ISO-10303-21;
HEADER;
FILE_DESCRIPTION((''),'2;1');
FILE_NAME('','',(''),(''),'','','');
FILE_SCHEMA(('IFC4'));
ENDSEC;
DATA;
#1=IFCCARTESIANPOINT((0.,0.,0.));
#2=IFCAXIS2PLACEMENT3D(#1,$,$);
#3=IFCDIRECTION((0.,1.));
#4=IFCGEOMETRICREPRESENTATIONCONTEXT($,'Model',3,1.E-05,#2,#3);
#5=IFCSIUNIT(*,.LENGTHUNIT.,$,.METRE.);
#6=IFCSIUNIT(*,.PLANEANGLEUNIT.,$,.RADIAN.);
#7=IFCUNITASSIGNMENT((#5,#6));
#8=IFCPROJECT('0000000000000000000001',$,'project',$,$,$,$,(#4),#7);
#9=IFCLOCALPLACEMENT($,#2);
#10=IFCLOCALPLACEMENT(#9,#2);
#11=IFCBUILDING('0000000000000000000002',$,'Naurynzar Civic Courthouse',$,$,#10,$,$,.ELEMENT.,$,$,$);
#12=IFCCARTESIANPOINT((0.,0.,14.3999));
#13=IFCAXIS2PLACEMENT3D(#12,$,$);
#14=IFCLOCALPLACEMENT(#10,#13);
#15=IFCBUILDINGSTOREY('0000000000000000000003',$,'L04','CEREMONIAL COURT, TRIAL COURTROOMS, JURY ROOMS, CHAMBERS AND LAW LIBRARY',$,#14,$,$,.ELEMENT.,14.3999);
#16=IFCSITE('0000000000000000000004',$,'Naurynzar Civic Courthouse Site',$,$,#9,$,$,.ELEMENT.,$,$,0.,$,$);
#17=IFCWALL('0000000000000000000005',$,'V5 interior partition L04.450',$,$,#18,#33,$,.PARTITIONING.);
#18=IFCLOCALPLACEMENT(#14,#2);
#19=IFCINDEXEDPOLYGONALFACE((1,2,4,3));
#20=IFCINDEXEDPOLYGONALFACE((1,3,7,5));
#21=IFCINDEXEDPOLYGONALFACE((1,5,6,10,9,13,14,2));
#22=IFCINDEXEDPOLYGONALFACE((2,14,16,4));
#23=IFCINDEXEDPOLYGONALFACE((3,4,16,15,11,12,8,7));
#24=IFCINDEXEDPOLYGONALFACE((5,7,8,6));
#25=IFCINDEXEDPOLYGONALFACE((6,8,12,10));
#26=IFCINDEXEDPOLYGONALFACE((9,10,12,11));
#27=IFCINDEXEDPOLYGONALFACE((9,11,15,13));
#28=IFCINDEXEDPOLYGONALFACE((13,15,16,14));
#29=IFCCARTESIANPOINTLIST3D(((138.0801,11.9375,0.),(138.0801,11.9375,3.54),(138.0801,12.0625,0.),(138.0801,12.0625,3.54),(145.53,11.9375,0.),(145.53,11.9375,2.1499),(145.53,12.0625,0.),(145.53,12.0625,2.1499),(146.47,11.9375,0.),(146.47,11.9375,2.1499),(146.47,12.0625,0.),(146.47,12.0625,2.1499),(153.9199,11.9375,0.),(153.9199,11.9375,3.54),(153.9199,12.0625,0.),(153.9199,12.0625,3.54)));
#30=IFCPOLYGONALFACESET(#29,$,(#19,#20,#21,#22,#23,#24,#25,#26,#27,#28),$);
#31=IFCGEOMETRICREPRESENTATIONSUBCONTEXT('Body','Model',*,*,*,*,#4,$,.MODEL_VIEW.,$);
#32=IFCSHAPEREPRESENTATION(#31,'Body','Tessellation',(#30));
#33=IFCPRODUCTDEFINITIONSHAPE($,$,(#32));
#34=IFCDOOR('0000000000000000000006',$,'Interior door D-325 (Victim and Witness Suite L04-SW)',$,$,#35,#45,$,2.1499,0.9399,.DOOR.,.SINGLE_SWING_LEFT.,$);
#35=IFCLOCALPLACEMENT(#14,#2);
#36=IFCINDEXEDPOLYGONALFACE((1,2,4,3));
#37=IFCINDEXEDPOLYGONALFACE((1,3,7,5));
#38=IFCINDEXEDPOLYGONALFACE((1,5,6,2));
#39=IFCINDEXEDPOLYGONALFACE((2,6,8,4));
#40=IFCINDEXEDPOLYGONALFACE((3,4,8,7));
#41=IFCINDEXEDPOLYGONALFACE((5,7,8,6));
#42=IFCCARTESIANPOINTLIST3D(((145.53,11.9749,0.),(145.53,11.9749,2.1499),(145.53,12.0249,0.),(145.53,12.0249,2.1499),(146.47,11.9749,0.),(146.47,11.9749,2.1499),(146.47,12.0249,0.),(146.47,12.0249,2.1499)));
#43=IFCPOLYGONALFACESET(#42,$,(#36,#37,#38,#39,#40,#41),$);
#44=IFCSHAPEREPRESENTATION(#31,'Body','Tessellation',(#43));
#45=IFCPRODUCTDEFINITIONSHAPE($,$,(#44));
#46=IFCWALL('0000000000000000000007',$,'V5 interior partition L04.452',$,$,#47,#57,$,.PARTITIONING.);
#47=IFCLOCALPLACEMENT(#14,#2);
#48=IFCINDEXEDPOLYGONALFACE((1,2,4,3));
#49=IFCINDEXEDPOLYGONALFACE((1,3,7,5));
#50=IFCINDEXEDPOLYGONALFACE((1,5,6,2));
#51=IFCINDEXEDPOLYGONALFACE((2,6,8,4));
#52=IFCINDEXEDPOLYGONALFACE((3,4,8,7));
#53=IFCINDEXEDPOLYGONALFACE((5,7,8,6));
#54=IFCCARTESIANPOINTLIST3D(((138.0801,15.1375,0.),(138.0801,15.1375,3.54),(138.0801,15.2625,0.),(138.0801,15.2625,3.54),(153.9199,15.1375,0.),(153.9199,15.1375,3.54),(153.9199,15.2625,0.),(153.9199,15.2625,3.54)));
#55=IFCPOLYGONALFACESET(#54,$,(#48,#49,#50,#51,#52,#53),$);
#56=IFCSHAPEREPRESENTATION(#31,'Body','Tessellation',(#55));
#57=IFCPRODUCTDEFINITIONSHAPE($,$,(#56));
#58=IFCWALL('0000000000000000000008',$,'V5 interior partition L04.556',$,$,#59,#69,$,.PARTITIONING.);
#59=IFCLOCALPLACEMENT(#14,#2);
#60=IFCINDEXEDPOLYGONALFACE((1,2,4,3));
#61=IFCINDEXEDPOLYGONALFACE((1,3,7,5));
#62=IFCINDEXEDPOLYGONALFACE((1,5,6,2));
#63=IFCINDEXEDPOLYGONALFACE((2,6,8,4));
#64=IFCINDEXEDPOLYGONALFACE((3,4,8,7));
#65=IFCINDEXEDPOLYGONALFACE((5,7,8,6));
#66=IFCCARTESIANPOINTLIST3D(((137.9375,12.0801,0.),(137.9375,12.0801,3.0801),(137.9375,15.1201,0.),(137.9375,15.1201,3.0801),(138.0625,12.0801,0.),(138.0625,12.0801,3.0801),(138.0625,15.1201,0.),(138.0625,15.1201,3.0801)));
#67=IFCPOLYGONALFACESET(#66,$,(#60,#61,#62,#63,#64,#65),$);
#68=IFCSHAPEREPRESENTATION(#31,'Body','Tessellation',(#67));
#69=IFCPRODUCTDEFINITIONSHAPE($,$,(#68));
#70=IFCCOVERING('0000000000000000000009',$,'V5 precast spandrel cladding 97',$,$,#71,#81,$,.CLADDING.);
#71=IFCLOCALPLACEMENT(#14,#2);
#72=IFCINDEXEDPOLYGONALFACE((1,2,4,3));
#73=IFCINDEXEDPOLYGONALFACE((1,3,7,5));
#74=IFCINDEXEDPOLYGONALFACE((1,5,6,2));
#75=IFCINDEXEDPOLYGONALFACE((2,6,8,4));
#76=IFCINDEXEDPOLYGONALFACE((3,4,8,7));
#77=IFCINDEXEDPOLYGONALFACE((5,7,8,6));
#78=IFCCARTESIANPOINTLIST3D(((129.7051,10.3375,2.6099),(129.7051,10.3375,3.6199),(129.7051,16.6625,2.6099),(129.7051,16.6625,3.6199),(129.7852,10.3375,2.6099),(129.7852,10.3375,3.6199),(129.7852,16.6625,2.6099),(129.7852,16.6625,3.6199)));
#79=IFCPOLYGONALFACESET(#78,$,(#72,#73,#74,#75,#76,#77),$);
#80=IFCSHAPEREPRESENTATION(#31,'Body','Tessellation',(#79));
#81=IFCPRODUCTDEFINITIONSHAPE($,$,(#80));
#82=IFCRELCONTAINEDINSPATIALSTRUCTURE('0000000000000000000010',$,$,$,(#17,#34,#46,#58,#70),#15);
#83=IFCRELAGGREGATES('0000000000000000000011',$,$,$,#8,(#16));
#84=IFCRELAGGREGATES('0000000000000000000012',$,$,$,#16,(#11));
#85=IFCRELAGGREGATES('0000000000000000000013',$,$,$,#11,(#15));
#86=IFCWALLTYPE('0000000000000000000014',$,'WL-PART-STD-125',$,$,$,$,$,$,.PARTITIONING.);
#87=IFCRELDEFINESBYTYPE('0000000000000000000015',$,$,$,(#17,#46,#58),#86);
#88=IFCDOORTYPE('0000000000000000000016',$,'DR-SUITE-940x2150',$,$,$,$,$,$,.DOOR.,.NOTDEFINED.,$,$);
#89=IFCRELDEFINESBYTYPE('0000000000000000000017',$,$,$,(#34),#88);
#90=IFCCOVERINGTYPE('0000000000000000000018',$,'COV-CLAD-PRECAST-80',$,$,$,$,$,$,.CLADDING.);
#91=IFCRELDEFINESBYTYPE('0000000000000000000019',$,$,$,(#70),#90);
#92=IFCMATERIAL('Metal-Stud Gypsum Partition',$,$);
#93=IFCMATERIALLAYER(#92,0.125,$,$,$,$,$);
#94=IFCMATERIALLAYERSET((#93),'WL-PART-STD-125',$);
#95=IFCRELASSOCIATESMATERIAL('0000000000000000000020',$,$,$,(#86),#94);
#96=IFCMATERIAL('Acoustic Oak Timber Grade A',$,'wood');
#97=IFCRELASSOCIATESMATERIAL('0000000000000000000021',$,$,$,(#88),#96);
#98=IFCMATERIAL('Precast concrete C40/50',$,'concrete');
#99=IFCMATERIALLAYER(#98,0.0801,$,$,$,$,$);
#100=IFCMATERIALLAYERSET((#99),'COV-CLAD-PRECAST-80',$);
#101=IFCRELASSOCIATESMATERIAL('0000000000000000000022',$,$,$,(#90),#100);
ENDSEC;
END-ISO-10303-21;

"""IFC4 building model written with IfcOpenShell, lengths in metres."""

from ifc_helpers import new_model, si_unit, direction, frame, frame_2d, origin, origin_2d, place, context, subcontext, project, spatial, rectangle, extrude, material, layer, layer_set, type_object, element, fill, save


model = new_model("IFC4")

# Units and contexts
model_context = context("Model", 3, precision=1e-05, world=origin(), true_north=direction((0.0, 1.0)))
body_context = subcontext(model_context, "Body", "Model", "MODEL_VIEW")
ifc_project = project(units=[si_unit("LENGTHUNIT", "METRE"), si_unit("PLANEANGLEUNIT", "RADIAN")], contexts=[model_context])

# Site, building, storey
site_placement = place(None, origin())
site = spatial("IfcSite", under=ifc_project, at=site_placement, Name="Naurynzar Civic Courthouse Site", CompositionType="ELEMENT", RefElevation=0.0)
building_placement = place(site_placement, origin())
building = spatial("IfcBuilding", under=site, at=building_placement, Name="Naurynzar Civic Courthouse", CompositionType="ELEMENT")
storey_placement = place(building_placement, frame((0.0, 0.0, 14.3999)))
storey = spatial("IfcBuildingStorey", under=building, at=storey_placement, Name="L04", Description="CEREMONIAL COURT, TRIAL COURTROOMS, JURY ROOMS, CHAMBERS AND LAW LIBRARY", CompositionType="ELEMENT", Elevation=14.3999)

# Wall, opening, door
ifc_material_1 = material(Name="Metal-Stud Gypsum Partition")
ifc_layer_1 = layer(ifc_material_1, 0.125)
ifc_layer_set_1 = layer_set([ifc_layer_1], Name="WL-PART-STD-125")
wall_type = type_object("IfcWallType", Name="WL-PART-STD-125", PredefinedType="PARTITIONING", material=ifc_layer_set_1)
wall_1_placement = place(storey_placement, frame((138.0801, 12.0, 0.0), z_axis=(0.0, 0.0, 1.0), x_axis=(1.0, 0.0, 0.0)))
wall_1 = element("IfcWall", 1, at=wall_1_placement, inside=storey, type_object=wall_type, Name="V5 interior partition L04.450", PredefinedType="PARTITIONING", context=body_context, shape_type="SweptSolid", body=[
    extrude(rectangle(XDim=15.8398, YDim=0.125, at=frame_2d((7.9199, 0.0))), origin(), (0.0, 0.0, 1.0), 3.54),
])
opening_placement = place(wall_1_placement, frame((7.45, 0.0, 0.0)))
opening = element("IfcOpeningElement", 2, at=opening_placement, cuts=wall_1, PredefinedType="OPENING", context=body_context, shape_type="SweptSolid", body=[
    extrude(rectangle(XDim=0.9399, YDim=2.1499, at=frame_2d((0.47, 1.075))), frame((0.0, 0.0725, 0.0), z_axis=(0.0, -1.0, 0.0), x_axis=(1.0, 0.0, 0.0)), (0.0, 0.0, 1.0), 0.145),
])
ifc_material_2 = material(Name="Acoustic Oak Timber Grade A", Category="wood")
door_type = type_object("IfcDoorType", Name="DR-SUITE-940x2150", OperationType="NOTDEFINED", PredefinedType="DOOR", material=ifc_material_2)
door_placement = place(opening_placement, origin())
door = element("IfcDoor", 3, at=door_placement, inside=storey, type_object=door_type, Name="Interior door D-325 (Victim and Witness Suite L04-SW)", OperationType="SINGLE_SWING_LEFT", OverallHeight=2.1499, OverallWidth=0.9399, PredefinedType="DOOR", context=body_context, shape_type="SweptSolid", body=[
    extrude(rectangle(XDim=0.9399, YDim=2.1499, at=frame_2d((0.47, 1.075))), frame((0.0, 0.0249, 0.0), z_axis=(0.0, -1.0, 0.0), x_axis=(1.0, 0.0, 0.0)), (0.0, 0.0, 1.0), 0.05),
])
fill(opening, door)

# Walls
wall_2_placement = place(storey_placement, frame((138.0801, 15.2, 0.0), z_axis=(0.0, 0.0, 1.0), x_axis=(1.0, 0.0, 0.0)))
element("IfcWall", 4, at=wall_2_placement, inside=storey, type_object=wall_type, Name="V5 interior partition L04.452", PredefinedType="PARTITIONING", context=body_context, shape_type="SweptSolid", body=[
    extrude(rectangle(XDim=15.8398, YDim=0.125, at=frame_2d((7.9199, 0.0))), origin(), (0.0, 0.0, 1.0), 3.54),
])
wall_3_placement = place(storey_placement, frame((138.0, 12.0801, 0.0), z_axis=(0.0, 0.0, 1.0), x_axis=(0.0, 1.0, 0.0)))
element("IfcWall", 5, at=wall_3_placement, inside=storey, type_object=wall_type, Name="V5 interior partition L04.556", PredefinedType="PARTITIONING", context=body_context, shape_type="SweptSolid", body=[
    extrude(rectangle(XDim=3.04, YDim=0.125, at=frame_2d((1.52, 0.0))), origin(), (0.0, 0.0, 1.0), 3.0801),
])

# Covering
ifc_material_3 = material(Name="Precast concrete C40/50", Category="concrete")
ifc_layer_2 = layer(ifc_material_3, 0.0801)
ifc_layer_set_2 = layer_set([ifc_layer_2], Name="COV-CLAD-PRECAST-80")
covering_type = type_object("IfcCoveringType", Name="COV-CLAD-PRECAST-80", PredefinedType="CLADDING", material=ifc_layer_set_2)
covering_placement = place(storey_placement, frame((129.7451, 13.5, 2.6099), z_axis=(0.0, 0.0, 1.0), x_axis=(0.0, 1.0, 0.0)))
element("IfcCovering", 6, at=covering_placement, inside=storey, type_object=covering_type, Name="V5 precast spandrel cladding 97", PredefinedType="CLADDING", context=body_context, shape_type="SweptSolid", body=[
    extrude(rectangle(XDim=6.325, YDim=0.0801, at=origin_2d()), origin(), (0.0, 0.0, 1.0), 1.01),
])

save(model, "model.ifc")
